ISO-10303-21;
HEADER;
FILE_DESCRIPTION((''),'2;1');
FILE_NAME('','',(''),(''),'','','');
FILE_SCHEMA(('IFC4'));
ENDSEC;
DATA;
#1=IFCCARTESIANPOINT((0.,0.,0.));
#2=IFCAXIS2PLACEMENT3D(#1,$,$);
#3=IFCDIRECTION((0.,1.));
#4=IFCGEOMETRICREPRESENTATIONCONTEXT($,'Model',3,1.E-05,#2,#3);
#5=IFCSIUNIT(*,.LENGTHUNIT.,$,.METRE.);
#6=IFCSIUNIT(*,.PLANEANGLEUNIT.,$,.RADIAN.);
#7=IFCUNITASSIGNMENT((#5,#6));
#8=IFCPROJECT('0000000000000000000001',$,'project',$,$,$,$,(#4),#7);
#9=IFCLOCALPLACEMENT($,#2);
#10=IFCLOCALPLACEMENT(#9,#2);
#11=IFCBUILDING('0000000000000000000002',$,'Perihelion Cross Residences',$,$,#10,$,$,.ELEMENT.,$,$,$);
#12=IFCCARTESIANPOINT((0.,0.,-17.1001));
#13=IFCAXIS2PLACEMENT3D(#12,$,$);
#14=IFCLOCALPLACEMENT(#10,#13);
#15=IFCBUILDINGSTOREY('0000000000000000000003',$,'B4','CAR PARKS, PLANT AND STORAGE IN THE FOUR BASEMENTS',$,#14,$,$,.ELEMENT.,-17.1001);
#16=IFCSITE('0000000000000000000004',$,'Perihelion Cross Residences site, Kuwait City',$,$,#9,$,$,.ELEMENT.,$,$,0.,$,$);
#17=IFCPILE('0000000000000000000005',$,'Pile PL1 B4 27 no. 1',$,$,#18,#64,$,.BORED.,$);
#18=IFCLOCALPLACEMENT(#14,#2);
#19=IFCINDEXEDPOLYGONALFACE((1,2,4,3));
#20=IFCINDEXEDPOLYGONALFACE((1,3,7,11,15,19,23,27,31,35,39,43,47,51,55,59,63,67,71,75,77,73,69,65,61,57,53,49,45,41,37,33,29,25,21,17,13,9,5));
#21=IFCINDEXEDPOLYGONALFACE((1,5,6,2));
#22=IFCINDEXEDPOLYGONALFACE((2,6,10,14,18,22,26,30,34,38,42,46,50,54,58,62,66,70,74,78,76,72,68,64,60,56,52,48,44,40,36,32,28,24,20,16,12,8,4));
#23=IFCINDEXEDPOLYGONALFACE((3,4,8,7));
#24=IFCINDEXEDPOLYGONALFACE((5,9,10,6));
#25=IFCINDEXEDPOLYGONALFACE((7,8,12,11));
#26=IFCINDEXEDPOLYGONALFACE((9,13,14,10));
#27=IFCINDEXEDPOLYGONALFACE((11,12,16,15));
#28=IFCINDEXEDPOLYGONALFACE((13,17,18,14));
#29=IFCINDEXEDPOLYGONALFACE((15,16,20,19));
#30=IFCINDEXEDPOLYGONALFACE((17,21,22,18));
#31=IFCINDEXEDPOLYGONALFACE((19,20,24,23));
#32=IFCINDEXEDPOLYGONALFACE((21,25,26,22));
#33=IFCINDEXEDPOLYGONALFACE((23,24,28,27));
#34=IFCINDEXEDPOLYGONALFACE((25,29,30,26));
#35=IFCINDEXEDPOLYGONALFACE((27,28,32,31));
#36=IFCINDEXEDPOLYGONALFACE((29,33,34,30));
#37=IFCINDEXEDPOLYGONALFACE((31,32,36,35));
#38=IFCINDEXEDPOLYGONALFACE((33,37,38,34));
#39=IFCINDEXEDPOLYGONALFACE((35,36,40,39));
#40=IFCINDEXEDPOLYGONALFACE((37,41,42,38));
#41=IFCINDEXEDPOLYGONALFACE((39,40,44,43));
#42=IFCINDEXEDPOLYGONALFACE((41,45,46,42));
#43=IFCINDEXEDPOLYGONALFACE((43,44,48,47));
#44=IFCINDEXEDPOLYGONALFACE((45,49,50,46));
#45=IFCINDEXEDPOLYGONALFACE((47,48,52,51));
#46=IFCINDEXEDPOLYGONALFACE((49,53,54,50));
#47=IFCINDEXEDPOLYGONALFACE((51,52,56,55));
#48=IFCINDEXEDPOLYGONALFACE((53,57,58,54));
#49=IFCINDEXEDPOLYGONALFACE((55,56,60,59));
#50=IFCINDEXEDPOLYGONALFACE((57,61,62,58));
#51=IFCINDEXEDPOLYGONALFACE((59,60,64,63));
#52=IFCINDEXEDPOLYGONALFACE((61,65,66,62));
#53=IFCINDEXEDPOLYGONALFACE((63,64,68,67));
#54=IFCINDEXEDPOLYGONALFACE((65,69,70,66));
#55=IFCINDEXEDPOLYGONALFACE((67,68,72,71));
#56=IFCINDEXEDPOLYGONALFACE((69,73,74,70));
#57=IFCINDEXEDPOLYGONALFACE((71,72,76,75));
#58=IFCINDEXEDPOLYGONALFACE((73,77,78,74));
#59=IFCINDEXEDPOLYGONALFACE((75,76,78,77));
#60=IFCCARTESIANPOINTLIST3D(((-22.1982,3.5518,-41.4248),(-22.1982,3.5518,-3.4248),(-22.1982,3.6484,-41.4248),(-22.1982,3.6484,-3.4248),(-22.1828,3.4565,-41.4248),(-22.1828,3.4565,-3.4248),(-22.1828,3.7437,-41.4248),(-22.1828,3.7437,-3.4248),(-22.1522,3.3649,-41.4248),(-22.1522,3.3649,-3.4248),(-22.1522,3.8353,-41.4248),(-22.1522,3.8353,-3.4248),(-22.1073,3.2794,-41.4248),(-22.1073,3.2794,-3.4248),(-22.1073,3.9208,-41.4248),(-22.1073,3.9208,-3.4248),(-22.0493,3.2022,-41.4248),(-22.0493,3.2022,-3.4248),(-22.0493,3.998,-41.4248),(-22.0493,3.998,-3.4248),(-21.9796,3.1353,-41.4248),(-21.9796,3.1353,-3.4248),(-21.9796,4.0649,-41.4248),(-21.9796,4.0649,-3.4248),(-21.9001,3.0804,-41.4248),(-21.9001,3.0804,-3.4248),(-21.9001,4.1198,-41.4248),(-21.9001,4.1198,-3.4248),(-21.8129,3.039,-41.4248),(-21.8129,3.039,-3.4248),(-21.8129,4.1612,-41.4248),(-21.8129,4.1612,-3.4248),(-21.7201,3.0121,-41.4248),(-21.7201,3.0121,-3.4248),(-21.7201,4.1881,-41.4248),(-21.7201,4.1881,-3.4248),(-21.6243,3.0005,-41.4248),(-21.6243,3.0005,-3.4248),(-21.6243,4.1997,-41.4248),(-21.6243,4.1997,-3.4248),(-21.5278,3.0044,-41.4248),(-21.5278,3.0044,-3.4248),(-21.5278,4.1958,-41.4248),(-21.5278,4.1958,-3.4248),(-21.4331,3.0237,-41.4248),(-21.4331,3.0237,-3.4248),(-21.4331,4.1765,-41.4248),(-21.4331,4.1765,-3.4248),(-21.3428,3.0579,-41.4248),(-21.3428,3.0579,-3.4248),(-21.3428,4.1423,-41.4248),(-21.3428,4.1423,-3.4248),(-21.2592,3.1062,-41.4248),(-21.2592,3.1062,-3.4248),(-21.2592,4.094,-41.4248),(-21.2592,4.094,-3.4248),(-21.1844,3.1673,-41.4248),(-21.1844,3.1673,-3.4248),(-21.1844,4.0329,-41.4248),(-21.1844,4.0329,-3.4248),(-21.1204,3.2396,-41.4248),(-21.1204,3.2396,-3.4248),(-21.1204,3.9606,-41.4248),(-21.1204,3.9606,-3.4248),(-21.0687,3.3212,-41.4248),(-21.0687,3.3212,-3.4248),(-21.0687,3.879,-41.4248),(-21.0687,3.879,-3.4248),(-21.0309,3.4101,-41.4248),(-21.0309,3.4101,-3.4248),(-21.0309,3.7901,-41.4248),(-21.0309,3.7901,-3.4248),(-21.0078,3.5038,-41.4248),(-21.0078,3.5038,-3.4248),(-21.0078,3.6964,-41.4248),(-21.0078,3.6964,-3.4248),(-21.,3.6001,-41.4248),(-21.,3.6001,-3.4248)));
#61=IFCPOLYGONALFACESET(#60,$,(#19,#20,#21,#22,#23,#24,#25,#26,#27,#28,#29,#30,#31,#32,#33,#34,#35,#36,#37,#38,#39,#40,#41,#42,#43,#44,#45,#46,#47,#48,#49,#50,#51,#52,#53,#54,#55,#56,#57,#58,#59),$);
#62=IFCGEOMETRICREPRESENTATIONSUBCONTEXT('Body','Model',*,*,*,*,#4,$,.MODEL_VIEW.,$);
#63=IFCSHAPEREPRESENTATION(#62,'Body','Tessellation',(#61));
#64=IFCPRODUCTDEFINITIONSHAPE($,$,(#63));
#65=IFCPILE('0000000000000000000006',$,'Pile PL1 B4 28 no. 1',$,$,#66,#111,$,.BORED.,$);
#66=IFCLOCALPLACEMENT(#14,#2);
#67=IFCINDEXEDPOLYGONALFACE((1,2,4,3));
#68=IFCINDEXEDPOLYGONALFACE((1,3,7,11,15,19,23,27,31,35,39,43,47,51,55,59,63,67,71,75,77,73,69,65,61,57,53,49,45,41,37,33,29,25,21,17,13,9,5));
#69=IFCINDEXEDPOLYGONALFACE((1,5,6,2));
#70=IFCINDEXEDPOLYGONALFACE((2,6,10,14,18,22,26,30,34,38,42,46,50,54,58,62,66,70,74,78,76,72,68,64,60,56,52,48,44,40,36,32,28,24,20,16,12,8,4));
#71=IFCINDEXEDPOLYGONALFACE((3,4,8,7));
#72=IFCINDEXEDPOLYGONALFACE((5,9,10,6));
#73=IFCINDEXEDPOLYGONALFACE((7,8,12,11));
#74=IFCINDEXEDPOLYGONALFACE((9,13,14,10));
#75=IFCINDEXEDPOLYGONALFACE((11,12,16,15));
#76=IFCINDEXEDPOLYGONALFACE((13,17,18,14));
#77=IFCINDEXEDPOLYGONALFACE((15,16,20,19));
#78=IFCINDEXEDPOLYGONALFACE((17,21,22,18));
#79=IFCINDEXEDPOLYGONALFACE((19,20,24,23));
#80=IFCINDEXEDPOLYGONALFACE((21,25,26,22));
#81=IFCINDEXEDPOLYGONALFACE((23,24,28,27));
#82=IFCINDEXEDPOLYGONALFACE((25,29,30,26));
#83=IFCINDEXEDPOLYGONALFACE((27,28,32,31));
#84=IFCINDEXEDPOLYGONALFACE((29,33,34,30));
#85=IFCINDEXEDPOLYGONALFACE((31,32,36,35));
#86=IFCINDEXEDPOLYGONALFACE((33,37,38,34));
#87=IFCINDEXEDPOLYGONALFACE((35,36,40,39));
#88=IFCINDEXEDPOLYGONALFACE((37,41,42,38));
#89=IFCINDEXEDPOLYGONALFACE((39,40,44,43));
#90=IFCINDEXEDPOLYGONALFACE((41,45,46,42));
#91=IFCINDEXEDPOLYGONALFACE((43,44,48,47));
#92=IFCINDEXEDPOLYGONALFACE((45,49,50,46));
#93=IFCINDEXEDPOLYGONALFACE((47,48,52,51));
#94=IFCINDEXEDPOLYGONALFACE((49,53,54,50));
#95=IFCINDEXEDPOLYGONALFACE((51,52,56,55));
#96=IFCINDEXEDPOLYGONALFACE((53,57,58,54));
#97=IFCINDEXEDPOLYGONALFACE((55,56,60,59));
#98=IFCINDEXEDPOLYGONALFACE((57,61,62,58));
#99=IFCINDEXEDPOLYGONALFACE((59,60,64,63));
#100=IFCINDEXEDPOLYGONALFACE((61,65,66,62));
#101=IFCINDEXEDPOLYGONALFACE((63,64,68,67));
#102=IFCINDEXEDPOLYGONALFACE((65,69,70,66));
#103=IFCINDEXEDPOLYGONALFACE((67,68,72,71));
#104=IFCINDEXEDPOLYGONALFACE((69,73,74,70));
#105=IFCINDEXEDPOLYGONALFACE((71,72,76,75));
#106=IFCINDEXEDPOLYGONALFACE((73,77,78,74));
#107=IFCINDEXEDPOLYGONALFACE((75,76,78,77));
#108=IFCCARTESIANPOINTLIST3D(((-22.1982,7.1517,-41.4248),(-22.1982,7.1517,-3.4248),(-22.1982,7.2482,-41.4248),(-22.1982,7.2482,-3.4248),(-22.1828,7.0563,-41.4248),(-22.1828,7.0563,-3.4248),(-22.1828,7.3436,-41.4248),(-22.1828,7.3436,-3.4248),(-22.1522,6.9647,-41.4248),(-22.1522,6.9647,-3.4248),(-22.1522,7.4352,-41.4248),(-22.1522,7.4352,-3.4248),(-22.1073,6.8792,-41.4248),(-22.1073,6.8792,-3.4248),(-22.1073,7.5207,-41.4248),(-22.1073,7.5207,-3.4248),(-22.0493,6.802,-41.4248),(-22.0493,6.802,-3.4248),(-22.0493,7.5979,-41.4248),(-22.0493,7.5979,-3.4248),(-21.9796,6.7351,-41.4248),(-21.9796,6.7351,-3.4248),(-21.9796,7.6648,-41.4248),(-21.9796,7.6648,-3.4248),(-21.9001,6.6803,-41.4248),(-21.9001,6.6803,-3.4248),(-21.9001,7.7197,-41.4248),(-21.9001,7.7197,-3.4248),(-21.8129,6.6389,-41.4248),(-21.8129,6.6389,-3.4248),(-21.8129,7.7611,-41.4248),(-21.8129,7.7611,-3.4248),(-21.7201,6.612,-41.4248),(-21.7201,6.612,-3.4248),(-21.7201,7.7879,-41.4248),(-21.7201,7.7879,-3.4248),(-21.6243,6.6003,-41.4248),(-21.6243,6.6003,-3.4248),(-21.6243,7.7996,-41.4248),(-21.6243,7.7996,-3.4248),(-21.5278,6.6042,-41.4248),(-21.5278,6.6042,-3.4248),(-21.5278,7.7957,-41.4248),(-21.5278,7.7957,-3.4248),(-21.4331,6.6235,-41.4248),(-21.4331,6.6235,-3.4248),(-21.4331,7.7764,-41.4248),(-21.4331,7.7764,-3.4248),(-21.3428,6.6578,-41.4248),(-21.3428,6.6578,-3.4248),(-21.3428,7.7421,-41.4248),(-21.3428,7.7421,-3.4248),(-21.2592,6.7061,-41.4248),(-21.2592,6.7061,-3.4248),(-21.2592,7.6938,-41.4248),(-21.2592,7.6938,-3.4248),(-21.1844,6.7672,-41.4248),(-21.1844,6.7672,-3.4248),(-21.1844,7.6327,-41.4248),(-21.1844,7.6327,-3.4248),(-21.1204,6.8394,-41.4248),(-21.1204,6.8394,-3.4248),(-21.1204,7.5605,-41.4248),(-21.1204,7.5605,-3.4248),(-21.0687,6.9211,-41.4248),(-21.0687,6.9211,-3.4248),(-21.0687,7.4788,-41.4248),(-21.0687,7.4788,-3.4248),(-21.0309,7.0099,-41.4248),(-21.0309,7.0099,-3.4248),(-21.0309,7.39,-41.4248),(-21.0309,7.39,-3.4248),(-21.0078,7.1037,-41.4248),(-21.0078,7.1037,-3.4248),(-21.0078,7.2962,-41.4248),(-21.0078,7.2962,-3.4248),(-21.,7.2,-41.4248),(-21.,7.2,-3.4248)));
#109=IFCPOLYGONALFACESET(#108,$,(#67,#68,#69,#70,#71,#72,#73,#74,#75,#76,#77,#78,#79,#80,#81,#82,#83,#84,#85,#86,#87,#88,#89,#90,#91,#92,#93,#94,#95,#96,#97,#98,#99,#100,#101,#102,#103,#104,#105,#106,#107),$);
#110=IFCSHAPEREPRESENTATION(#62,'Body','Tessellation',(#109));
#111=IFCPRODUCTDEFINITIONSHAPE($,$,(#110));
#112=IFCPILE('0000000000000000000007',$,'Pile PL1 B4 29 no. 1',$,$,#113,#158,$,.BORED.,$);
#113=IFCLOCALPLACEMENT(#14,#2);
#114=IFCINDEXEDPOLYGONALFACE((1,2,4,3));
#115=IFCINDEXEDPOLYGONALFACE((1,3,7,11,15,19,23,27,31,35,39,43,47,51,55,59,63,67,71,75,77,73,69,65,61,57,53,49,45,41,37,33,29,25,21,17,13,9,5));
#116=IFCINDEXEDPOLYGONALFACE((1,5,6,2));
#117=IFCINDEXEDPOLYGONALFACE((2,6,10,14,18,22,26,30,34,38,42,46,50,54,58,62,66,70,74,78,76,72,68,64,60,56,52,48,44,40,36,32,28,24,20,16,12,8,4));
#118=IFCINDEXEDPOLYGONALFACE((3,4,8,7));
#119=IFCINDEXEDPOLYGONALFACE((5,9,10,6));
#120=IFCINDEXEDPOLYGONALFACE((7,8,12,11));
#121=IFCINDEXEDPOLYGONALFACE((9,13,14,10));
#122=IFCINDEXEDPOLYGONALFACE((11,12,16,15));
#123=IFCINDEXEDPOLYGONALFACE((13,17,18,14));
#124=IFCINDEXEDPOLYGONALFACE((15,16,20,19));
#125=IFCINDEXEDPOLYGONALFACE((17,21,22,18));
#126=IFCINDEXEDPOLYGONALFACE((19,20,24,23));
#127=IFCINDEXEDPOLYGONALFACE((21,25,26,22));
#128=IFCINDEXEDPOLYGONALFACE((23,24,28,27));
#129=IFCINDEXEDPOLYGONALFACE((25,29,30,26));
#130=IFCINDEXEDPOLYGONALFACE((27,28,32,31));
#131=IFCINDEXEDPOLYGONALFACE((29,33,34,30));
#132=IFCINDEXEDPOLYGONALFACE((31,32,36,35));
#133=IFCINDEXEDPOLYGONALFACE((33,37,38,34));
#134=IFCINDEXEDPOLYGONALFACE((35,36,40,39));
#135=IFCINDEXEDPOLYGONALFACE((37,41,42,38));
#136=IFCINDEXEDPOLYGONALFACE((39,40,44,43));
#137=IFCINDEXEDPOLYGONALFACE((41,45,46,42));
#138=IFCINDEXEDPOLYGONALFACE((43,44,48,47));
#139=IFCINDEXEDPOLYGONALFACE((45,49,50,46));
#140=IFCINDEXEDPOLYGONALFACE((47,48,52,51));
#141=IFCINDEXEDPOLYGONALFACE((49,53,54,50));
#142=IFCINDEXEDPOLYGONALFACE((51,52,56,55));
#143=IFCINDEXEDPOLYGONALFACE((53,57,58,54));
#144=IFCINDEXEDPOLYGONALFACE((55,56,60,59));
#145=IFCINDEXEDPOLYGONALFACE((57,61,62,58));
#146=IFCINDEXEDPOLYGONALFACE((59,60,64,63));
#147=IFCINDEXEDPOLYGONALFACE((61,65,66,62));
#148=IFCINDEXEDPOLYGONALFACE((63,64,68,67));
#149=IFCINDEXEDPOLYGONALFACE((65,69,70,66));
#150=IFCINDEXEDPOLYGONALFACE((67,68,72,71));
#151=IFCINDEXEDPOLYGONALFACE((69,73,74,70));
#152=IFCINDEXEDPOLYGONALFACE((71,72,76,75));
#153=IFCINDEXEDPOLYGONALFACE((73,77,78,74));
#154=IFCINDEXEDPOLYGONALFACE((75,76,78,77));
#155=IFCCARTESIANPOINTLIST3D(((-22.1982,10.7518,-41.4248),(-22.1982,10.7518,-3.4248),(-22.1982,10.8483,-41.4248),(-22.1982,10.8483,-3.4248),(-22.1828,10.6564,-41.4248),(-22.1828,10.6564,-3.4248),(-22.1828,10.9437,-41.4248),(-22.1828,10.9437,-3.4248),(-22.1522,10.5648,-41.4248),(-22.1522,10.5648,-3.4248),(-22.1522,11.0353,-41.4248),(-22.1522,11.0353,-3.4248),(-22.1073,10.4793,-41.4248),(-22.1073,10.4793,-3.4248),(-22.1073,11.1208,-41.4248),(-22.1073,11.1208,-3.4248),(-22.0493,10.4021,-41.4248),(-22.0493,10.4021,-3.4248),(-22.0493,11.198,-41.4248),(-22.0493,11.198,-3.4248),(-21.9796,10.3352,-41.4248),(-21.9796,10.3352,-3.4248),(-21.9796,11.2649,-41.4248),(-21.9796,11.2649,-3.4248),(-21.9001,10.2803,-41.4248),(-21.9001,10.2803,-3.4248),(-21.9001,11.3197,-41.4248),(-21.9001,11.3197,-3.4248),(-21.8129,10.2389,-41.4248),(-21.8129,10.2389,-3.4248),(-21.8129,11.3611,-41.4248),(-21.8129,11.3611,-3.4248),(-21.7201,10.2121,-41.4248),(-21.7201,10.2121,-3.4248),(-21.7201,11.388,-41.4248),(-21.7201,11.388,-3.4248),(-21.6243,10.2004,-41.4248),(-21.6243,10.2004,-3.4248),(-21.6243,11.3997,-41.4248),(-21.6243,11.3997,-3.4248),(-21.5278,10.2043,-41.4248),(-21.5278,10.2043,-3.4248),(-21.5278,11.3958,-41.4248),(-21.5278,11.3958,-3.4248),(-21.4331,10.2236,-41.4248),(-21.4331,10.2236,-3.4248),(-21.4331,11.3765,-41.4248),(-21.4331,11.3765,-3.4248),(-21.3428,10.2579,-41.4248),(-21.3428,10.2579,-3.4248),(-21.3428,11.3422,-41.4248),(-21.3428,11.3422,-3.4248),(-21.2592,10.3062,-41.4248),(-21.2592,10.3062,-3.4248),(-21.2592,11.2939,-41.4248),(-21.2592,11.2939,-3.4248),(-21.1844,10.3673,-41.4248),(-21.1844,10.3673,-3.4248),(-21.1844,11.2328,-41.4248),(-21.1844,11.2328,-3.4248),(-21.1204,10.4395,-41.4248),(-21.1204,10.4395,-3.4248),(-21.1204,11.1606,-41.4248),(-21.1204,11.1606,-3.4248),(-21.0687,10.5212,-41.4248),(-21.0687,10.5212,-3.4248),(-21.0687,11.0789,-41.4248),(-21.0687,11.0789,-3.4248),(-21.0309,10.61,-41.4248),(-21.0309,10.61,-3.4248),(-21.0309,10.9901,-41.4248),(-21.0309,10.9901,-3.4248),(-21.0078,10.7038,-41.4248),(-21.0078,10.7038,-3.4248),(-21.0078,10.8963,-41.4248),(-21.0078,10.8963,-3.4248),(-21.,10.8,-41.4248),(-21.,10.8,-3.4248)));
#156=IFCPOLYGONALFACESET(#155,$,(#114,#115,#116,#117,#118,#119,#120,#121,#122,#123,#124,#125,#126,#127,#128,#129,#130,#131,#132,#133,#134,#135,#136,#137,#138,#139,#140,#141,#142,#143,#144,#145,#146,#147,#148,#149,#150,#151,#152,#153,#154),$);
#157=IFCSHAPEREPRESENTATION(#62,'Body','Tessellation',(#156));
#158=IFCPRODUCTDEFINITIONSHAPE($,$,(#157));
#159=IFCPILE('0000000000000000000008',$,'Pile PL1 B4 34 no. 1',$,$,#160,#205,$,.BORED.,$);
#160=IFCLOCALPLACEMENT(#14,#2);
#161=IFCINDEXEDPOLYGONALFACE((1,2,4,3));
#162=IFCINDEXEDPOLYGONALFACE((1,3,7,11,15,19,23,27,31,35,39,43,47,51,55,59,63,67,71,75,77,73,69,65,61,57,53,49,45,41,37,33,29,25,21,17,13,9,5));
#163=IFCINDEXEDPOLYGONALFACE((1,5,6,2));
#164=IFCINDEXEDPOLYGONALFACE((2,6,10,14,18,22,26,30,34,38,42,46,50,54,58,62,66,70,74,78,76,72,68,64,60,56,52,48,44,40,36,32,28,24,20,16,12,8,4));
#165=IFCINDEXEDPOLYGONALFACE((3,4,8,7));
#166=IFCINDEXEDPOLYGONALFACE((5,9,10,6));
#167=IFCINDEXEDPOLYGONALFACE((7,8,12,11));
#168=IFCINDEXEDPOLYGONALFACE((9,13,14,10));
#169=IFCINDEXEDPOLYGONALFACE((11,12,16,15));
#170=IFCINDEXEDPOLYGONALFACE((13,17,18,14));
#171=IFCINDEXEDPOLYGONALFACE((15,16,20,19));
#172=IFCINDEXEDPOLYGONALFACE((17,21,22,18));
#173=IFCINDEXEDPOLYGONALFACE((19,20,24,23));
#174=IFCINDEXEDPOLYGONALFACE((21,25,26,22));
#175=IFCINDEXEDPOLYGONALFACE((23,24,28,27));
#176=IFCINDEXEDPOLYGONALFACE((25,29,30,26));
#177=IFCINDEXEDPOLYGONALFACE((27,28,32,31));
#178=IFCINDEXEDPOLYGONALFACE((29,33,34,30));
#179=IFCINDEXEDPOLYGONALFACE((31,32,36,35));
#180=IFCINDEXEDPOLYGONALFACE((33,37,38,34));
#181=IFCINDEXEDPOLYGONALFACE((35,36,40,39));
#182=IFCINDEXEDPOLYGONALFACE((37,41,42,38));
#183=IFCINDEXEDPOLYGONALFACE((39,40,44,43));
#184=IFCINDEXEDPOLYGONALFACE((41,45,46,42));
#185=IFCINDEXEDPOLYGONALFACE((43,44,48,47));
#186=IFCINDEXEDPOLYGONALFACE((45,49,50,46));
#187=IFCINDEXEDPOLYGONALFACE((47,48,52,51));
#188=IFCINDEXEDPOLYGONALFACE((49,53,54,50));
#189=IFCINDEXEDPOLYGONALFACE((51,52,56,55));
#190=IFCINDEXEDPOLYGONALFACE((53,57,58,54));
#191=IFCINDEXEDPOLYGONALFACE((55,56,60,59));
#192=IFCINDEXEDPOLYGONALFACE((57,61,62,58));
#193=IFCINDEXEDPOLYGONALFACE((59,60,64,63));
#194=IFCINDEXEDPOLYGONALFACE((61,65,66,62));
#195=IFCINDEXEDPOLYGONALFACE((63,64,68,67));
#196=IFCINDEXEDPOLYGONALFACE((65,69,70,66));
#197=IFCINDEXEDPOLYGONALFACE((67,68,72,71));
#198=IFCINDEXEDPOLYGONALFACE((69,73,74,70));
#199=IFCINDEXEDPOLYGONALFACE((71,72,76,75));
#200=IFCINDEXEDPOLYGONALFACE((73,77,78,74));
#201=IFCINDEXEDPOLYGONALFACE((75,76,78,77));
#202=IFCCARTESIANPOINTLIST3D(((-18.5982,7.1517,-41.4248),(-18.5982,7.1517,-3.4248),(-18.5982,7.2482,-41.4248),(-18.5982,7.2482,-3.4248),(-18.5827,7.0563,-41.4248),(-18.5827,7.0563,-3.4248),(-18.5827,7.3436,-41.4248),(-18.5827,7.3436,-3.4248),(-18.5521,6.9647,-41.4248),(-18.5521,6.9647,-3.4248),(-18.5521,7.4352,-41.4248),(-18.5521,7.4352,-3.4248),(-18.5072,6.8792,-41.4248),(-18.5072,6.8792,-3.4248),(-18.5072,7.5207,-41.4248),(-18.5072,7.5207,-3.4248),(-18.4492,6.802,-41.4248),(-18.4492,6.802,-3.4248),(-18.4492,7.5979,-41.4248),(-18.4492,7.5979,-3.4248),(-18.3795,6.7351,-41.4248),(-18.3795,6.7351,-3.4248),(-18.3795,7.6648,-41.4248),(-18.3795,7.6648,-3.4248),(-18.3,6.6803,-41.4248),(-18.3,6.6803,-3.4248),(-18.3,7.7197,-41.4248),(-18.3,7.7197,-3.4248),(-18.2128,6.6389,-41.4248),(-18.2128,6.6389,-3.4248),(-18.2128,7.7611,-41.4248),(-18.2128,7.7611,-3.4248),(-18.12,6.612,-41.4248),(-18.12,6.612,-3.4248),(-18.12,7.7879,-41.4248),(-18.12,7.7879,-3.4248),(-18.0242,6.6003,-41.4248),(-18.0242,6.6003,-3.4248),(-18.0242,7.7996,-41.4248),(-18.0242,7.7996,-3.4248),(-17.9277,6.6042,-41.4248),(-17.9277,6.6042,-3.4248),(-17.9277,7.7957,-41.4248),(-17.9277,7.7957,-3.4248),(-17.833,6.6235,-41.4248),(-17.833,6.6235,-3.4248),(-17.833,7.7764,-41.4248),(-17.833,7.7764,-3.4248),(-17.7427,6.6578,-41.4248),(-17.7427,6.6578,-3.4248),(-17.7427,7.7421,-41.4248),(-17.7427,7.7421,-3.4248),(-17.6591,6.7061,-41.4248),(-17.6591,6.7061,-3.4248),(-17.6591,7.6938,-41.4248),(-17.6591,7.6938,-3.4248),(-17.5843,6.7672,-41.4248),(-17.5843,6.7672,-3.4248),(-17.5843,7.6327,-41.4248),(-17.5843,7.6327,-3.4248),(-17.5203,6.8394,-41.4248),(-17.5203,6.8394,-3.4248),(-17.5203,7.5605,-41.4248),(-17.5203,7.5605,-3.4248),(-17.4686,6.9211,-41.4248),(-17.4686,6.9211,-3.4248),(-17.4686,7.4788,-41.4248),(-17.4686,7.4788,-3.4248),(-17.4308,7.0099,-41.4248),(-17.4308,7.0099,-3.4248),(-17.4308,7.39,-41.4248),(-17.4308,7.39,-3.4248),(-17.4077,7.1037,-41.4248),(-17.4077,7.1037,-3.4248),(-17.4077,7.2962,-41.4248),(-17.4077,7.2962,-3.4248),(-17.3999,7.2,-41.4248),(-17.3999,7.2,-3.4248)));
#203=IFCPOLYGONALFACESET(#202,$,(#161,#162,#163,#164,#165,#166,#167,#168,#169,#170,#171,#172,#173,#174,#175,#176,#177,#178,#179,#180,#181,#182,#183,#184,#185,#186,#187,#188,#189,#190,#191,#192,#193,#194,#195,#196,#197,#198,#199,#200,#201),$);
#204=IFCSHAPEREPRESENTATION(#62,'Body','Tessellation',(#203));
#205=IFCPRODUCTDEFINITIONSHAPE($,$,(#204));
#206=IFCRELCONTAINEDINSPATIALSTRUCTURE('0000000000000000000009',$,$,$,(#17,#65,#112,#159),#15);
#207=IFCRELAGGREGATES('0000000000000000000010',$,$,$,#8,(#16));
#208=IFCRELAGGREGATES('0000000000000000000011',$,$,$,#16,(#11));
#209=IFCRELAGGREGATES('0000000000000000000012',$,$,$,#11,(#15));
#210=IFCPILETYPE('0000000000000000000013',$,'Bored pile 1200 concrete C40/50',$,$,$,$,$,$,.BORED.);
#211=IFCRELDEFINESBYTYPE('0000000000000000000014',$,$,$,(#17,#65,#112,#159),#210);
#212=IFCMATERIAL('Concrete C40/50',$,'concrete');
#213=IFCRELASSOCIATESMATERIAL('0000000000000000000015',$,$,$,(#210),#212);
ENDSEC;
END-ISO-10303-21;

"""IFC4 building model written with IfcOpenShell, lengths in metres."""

from ifc_helpers import new_model, si_unit, direction, frame, origin, origin_2d, place, context, subcontext, project, spatial, circle, extrude, material, type_object, element, save


model = new_model("IFC4")

# Units and contexts
model_context = context("Model", 3, precision=1e-05, world=origin(), true_north=direction((0.0, 1.0)))
body_context = subcontext(model_context, "Body", "Model", "MODEL_VIEW")
ifc_project = project(units=[si_unit("LENGTHUNIT", "METRE"), si_unit("PLANEANGLEUNIT", "RADIAN")], contexts=[model_context])

# Site, building, storey
site_placement = place(None, origin())
site = spatial("IfcSite", under=ifc_project, at=site_placement, Name="Perihelion Cross Residences site, Kuwait City", CompositionType="ELEMENT", RefElevation=0.0)
building_placement = place(site_placement, origin())
building = spatial("IfcBuilding", under=site, at=building_placement, Name="Perihelion Cross Residences", CompositionType="ELEMENT")
storey_placement = place(building_placement, frame((0.0, 0.0, -17.1001)))
storey = spatial("IfcBuildingStorey", under=building, at=storey_placement, Name="B4", Description="CAR PARKS, PLANT AND STORAGE IN THE FOUR BASEMENTS", CompositionType="ELEMENT", Elevation=-17.1001)

# Piles
ifc_material_1 = material(Name="Concrete C40/50", Category="concrete")
pile_type = type_object("IfcPileType", Name="Bored pile 1200 concrete C40/50", PredefinedType="BORED", material=ifc_material_1)
for number, where, z_axis, x_axis, name in (
    (1, (-21.6001, 3.6001, -3.4248), (0.0, 0.0, -1.0), (1.0, 0.0, 0.0), "Pile PL1 B4 27 no. 1"),
    (2, (-21.6001, 7.2, -3.4248), (0.0, 0.0, -1.0), (1.0, 0.0, 0.0), "Pile PL1 B4 28 no. 1"),
    (3, (-21.6001, 10.8, -3.4248), (0.0, 0.0, -1.0), (1.0, 0.0, 0.0), "Pile PL1 B4 29 no. 1"),
    (4, (-18.0, 7.2, -3.4248), (0.0, 0.0, -1.0), (1.0, 0.0, 0.0), "Pile PL1 B4 34 no. 1"),
):
    element("IfcPile", number, at=place(storey_placement, frame(where, z_axis=z_axis, x_axis=x_axis)), inside=storey, type_object=pile_type, Name=name, PredefinedType="BORED", context=body_context, shape_type="SweptSolid", body=[
        extrude(circle(Radius=0.6001, at=origin_2d()), origin(), (0.0, 0.0, 1.0), 38.0),
    ])

save(model, "model.ifc")
